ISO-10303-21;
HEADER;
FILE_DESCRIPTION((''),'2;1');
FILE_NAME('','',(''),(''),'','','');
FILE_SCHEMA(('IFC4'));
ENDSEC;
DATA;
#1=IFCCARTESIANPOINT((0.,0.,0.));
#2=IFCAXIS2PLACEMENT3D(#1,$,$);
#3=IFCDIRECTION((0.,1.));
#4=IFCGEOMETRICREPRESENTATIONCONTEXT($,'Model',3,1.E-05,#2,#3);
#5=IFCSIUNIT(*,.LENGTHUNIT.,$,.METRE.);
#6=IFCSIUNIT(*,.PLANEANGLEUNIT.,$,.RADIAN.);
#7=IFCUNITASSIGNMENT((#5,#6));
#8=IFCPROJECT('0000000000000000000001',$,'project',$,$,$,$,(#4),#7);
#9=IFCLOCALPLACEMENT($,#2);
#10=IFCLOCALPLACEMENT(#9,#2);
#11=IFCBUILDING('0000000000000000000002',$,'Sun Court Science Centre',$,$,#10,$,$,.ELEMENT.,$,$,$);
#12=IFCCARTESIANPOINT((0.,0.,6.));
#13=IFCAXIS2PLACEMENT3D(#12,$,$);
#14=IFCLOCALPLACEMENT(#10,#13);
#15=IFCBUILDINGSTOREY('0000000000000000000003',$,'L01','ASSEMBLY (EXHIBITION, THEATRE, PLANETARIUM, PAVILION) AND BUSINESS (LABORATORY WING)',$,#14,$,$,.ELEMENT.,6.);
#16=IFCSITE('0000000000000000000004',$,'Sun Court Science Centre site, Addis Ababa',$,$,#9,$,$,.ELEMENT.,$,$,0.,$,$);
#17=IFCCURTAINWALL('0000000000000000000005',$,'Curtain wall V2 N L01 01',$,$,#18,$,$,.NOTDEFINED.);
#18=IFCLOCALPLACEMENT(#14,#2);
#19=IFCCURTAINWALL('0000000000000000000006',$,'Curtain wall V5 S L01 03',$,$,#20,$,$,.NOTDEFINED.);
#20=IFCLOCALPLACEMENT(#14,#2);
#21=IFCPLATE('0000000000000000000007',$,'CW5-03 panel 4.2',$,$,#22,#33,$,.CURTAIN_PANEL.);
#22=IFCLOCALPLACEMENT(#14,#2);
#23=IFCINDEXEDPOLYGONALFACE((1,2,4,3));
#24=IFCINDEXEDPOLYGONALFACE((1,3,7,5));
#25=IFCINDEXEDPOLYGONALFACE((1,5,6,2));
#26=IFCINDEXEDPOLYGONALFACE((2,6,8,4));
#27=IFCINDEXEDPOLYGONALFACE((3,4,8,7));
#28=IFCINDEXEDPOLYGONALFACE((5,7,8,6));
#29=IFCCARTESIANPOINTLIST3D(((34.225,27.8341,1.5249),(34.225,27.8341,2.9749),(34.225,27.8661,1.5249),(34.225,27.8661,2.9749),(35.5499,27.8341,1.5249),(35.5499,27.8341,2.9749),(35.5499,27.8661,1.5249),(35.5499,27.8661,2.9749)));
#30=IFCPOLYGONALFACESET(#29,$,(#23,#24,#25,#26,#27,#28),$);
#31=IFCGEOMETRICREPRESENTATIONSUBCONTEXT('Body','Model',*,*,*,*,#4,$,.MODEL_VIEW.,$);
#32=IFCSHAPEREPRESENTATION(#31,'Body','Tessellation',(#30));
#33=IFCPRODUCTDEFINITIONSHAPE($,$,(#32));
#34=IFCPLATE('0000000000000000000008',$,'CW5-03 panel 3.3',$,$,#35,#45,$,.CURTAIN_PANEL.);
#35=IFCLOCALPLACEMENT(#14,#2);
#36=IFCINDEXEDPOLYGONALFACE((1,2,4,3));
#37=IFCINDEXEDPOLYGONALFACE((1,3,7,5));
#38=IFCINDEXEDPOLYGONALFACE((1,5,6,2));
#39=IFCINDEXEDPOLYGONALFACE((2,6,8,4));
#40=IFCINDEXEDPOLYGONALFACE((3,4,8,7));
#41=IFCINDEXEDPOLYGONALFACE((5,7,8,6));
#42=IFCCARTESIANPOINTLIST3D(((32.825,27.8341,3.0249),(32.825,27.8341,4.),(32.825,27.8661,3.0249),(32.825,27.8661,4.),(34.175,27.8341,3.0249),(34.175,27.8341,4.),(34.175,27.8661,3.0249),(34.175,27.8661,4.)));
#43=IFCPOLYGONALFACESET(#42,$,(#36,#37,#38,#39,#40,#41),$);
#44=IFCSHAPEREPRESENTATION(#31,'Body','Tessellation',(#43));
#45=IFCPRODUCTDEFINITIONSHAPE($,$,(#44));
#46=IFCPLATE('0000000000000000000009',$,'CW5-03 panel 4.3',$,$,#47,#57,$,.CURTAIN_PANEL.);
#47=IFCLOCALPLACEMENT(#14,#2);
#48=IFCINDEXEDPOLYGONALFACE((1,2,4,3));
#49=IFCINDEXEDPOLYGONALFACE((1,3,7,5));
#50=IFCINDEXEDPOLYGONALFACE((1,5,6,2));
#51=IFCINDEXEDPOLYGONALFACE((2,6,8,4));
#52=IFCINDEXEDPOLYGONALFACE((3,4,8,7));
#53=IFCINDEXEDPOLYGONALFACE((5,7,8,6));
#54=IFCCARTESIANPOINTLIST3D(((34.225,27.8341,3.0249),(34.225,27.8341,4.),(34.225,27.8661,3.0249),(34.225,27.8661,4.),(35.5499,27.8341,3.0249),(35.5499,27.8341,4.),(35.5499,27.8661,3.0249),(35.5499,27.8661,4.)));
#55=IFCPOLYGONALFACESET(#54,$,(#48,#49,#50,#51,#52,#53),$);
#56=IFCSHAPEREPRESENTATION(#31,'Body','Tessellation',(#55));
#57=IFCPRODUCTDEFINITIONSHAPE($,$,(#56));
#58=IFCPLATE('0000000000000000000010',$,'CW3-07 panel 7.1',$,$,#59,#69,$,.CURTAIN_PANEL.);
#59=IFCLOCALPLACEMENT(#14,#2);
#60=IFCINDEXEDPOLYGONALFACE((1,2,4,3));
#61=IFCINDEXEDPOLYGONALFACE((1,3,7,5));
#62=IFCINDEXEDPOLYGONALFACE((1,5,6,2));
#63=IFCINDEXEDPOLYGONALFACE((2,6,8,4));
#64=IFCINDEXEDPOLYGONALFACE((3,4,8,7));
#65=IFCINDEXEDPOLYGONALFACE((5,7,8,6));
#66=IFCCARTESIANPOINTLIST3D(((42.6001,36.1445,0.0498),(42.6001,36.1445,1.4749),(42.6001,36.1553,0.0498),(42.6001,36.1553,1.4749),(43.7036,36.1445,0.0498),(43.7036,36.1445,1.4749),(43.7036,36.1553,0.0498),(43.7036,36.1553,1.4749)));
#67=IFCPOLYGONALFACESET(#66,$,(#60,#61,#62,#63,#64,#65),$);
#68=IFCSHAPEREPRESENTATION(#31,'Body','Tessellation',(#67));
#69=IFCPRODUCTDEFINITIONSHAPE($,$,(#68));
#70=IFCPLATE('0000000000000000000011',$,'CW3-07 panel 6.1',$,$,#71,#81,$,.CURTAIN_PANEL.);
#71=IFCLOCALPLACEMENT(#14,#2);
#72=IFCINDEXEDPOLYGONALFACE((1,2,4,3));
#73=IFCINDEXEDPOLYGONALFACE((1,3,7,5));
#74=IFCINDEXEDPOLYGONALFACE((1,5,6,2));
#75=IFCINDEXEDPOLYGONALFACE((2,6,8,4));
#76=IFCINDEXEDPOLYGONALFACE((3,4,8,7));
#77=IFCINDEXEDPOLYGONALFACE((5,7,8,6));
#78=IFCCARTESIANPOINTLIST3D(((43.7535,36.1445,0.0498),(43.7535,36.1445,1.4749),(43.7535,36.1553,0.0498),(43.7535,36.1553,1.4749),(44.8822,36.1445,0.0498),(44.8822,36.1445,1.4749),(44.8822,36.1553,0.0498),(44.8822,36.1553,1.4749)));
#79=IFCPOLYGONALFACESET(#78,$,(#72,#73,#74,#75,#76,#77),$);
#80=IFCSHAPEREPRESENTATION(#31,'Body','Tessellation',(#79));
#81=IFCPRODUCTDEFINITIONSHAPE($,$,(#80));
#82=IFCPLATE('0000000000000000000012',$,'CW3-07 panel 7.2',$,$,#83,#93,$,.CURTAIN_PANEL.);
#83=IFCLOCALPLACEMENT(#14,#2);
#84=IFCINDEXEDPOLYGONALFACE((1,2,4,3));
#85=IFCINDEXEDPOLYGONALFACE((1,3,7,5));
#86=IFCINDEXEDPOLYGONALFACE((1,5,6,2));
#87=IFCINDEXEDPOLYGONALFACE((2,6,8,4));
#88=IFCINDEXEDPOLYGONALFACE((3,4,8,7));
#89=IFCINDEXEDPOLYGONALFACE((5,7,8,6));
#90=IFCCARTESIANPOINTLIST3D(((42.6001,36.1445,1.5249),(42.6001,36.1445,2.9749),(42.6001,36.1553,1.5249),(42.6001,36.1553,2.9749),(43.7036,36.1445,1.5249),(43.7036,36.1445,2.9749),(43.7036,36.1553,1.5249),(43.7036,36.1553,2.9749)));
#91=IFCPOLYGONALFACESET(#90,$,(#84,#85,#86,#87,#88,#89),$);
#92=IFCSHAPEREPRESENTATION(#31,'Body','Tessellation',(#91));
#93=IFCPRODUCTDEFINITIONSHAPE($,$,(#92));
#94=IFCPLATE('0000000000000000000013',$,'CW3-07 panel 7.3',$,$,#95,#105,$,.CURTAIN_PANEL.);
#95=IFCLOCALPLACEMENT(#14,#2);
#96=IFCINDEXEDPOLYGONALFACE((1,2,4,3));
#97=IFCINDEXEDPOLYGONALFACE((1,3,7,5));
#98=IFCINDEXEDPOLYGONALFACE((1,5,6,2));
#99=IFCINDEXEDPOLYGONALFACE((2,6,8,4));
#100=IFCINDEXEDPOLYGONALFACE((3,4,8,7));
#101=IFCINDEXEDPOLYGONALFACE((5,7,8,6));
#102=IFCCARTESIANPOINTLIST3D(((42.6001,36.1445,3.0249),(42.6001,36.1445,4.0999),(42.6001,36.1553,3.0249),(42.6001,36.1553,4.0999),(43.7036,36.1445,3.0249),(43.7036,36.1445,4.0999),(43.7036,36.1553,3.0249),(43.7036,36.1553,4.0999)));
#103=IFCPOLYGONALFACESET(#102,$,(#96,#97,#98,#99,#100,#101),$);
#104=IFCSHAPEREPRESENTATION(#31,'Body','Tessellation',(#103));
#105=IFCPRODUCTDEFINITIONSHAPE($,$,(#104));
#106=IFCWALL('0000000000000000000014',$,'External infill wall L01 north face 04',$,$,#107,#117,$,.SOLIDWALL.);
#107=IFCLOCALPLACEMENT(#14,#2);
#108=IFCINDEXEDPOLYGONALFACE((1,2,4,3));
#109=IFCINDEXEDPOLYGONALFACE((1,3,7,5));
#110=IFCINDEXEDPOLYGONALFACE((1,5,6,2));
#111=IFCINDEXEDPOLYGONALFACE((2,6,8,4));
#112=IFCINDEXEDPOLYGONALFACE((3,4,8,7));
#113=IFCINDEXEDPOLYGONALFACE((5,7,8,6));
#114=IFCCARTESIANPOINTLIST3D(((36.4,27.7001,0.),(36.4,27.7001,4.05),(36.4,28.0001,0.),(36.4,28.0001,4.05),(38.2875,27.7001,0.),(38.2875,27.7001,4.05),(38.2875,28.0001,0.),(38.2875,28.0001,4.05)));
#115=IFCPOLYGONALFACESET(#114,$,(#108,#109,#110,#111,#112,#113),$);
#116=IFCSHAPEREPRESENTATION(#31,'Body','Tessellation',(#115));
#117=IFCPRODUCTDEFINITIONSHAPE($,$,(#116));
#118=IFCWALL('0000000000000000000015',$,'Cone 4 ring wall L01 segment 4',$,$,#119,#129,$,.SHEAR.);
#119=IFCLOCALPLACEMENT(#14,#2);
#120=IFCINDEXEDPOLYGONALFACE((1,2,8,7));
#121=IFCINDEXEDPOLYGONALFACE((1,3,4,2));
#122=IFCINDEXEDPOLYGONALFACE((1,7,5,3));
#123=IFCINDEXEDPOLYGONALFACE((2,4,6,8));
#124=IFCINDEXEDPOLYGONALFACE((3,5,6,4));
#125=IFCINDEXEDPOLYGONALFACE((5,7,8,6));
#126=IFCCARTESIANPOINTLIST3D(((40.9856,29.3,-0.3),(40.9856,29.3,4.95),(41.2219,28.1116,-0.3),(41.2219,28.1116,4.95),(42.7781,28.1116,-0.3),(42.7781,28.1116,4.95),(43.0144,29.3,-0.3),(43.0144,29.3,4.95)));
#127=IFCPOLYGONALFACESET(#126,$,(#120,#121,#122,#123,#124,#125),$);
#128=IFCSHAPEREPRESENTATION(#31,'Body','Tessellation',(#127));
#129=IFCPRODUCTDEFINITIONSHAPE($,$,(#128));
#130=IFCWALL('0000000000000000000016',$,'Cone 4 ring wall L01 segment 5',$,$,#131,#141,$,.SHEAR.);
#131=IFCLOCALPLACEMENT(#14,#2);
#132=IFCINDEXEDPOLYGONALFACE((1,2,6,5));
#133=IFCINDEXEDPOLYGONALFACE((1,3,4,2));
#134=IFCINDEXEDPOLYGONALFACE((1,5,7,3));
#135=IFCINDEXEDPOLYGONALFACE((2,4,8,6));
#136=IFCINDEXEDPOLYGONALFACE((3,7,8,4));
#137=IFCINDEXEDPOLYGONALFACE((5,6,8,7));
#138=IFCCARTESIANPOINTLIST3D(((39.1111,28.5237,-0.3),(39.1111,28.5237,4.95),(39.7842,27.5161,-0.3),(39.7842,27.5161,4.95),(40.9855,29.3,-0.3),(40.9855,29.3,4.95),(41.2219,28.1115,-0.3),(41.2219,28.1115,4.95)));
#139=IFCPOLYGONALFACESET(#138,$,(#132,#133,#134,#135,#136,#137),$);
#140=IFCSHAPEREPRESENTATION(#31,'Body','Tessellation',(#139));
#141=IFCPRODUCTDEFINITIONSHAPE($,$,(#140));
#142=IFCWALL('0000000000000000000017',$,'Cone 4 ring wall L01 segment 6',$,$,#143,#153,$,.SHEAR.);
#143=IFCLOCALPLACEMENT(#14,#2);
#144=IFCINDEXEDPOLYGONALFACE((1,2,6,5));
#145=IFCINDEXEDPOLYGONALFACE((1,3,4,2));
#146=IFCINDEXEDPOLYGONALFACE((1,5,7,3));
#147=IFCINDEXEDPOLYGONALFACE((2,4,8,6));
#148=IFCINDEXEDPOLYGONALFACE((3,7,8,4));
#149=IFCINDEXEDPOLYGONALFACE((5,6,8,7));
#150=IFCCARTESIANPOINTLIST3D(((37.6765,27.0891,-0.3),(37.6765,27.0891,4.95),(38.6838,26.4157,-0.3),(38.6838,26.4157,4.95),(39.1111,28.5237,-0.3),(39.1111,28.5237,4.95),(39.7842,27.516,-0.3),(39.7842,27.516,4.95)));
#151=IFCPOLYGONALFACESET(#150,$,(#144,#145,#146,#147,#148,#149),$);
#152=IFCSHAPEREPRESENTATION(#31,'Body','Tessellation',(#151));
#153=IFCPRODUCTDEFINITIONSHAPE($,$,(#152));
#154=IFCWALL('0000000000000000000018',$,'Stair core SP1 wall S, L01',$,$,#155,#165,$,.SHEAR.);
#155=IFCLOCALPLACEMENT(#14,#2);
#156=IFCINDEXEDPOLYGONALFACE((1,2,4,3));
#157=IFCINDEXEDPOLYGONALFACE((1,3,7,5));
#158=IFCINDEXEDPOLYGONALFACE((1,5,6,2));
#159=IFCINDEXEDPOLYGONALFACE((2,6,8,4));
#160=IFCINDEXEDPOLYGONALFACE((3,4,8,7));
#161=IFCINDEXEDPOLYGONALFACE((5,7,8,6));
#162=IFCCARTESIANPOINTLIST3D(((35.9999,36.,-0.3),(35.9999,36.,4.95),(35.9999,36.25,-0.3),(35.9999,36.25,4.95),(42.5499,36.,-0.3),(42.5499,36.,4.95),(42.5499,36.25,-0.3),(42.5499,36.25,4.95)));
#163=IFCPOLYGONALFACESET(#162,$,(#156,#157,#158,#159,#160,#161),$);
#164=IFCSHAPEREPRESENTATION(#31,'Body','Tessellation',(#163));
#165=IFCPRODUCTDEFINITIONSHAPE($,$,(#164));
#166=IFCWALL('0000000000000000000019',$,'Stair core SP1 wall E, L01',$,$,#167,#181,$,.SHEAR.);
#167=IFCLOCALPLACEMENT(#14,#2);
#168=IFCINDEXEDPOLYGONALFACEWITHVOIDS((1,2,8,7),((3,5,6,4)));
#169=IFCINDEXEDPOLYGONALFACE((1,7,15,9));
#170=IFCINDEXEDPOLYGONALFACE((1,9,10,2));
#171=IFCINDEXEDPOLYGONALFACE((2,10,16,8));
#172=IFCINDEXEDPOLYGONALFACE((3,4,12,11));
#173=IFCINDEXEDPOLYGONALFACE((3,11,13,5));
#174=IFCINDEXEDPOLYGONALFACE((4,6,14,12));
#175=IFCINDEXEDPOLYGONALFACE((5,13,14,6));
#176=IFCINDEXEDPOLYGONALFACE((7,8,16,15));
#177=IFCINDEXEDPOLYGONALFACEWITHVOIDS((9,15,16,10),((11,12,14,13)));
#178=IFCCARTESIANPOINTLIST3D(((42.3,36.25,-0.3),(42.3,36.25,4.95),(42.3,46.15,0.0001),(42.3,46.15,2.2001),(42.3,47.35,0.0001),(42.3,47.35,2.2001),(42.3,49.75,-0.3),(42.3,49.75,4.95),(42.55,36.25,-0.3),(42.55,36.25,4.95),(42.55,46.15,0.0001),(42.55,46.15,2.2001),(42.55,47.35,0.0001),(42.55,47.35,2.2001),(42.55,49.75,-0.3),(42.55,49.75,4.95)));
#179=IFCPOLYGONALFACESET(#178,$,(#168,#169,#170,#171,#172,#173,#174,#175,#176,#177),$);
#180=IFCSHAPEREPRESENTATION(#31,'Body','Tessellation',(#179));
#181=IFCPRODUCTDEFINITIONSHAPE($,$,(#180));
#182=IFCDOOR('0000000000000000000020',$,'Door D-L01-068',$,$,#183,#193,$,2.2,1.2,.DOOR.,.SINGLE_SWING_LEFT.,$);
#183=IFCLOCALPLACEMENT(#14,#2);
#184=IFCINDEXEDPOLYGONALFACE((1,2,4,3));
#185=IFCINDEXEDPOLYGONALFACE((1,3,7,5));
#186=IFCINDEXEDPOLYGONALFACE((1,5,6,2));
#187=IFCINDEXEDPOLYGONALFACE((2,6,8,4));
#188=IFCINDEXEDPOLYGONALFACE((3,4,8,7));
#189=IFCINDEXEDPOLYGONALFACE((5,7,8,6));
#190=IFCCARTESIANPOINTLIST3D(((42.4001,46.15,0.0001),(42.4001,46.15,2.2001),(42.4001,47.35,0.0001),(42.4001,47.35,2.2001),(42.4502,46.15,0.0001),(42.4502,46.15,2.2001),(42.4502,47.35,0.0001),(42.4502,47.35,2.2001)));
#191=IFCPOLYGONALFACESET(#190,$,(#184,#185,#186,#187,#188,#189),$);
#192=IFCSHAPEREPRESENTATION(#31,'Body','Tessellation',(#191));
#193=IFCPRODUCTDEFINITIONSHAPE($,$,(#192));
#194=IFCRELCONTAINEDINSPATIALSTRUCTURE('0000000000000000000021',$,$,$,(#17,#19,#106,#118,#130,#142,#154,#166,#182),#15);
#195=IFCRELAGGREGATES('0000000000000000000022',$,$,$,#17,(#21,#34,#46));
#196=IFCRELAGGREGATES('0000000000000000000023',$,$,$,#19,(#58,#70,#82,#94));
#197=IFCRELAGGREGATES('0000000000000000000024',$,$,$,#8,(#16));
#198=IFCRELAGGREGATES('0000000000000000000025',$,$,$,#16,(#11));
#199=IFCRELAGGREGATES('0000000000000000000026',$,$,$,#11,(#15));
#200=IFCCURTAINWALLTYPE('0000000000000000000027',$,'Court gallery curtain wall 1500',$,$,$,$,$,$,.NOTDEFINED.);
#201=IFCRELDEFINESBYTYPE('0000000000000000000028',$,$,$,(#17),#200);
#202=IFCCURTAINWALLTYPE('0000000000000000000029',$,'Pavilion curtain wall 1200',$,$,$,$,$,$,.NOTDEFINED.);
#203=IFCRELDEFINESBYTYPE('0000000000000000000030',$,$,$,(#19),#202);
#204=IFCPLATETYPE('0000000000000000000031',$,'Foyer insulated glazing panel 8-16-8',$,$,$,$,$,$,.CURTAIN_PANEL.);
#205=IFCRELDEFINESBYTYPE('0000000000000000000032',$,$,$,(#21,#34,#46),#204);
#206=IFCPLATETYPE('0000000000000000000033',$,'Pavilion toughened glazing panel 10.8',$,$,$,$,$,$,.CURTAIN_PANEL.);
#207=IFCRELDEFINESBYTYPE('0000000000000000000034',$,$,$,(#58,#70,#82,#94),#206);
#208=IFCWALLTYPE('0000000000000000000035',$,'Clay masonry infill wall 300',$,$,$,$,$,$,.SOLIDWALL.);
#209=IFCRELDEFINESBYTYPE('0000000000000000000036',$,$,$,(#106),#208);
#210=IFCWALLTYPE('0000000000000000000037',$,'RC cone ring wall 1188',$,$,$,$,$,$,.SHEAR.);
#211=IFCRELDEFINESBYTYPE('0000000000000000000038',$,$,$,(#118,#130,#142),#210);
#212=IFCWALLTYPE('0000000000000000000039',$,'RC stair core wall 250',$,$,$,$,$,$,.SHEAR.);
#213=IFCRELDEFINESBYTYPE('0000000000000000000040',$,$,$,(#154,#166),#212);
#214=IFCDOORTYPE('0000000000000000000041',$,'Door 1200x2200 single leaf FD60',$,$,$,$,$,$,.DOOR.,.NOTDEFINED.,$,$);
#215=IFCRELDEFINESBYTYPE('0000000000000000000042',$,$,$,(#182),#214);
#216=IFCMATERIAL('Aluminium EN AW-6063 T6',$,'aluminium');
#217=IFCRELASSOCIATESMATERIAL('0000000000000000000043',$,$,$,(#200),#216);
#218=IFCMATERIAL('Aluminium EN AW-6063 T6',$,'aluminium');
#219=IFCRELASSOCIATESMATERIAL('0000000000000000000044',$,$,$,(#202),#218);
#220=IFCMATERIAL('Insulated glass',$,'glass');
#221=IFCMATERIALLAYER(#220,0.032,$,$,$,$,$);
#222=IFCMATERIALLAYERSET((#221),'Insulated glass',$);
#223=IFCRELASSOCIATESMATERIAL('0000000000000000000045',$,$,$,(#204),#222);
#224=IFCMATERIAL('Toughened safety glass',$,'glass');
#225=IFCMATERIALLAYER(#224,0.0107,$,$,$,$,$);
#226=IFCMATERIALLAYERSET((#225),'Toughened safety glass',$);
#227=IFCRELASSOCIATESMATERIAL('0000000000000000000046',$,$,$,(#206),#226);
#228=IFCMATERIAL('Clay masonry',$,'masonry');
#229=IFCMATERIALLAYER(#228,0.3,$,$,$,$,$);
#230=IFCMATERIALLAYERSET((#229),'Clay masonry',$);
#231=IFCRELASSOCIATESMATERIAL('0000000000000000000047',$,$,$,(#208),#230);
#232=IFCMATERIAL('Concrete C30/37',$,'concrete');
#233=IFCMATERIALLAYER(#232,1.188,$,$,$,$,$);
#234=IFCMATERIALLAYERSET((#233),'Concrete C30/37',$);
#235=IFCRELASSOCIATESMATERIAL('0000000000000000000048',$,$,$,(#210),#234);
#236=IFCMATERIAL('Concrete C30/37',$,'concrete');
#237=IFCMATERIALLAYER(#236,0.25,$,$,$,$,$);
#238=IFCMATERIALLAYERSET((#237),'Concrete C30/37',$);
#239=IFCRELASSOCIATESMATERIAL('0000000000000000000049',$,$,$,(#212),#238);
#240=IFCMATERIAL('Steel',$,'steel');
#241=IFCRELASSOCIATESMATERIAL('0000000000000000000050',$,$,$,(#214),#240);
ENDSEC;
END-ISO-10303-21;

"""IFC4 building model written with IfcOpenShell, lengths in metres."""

from ifc_helpers import new_model, si_unit, direction, frame, frame_2d, origin, origin_2d, place, context, subcontext, project, spatial, polyline, rectangle, outline, extrude, material, layer, layer_set, type_object, element, fill, aggregate, save


model = new_model("IFC4")

# Units and contexts
model_context = context("Model", 3, precision=1e-05, world=origin(), true_north=direction((0.0, 1.0)))
body_context = subcontext(model_context, "Body", "Model", "MODEL_VIEW")
ifc_project = project(units=[si_unit("LENGTHUNIT", "METRE"), si_unit("PLANEANGLEUNIT", "RADIAN")], contexts=[model_context])

# Site, building, storey
site_placement = place(None, origin())
site = spatial("IfcSite", under=ifc_project, at=site_placement, Name="Sun Court Science Centre site, Addis Ababa", CompositionType="ELEMENT", RefElevation=0.0)
building_placement = place(site_placement, origin())
building = spatial("IfcBuilding", under=site, at=building_placement, Name="Sun Court Science Centre", CompositionType="ELEMENT")
storey_placement = place(building_placement, frame((0.0, 0.0, 6.0)))
storey = spatial("IfcBuildingStorey", under=building, at=storey_placement, Name="L01", Description="ASSEMBLY (EXHIBITION, THEATRE, PLANETARIUM, PAVILION) AND BUSINESS (LABORATORY WING)", CompositionType="ELEMENT", Elevation=6.0)

# Curtain walls
ifc_material_1 = material(Name="Aluminium EN AW-6063 T6", Category="aluminium")
curtain_wall_type_1 = type_object("IfcCurtainWallType", Name="Court gallery curtain wall 1500", PredefinedType="NOTDEFINED", material=ifc_material_1)
curtain_wall_1_placement = place(storey_placement, origin())
curtain_wall_1 = element("IfcCurtainWall", 1, at=curtain_wall_1_placement, inside=storey, type_object=curtain_wall_type_1, Name="Curtain wall V2 N L01 01", PredefinedType="NOTDEFINED")
ifc_material_2 = material(Name="Aluminium EN AW-6063 T6", Category="aluminium")
curtain_wall_type_2 = type_object("IfcCurtainWallType", Name="Pavilion curtain wall 1200", PredefinedType="NOTDEFINED", material=ifc_material_2)
curtain_wall_2_placement = place(storey_placement, origin())
curtain_wall_2 = element("IfcCurtainWall", 2, at=curtain_wall_2_placement, inside=storey, type_object=curtain_wall_type_2, Name="Curtain wall V5 S L01 03", PredefinedType="NOTDEFINED")

# Plates
ifc_material_3 = material(Name="Insulated glass", Category="glass")
ifc_layer_1 = layer(ifc_material_3, 0.032)
ifc_layer_set_1 = layer_set([ifc_layer_1], Name="Insulated glass")
plate_type_1 = type_object("IfcPlateType", Name="Foyer insulated glazing panel 8-16-8", PredefinedType="CURTAIN_PANEL", material=ifc_layer_set_1)
plate_1_placement = place(storey_placement, frame((34.8875, 27.8501, 1.5249), z_axis=(0.0, 0.0, 1.0), x_axis=(1.0, 0.0, 0.0)))
plate_1 = element("IfcPlate", 3, at=plate_1_placement, type_object=plate_type_1, Name="CW5-03 panel 4.2", PredefinedType="CURTAIN_PANEL", context=body_context, shape_type="SweptSolid", body=[
    extrude(rectangle(XDim=1.325, YDim=0.032, at=origin_2d()), origin(), (0.0, 0.0, 1.0), 1.45),
])
plate_2_placement = place(storey_placement, frame((33.5, 27.8501, 3.0249), z_axis=(0.0, 0.0, 1.0), x_axis=(1.0, 0.0, 0.0)))
plate_2 = element("IfcPlate", 4, at=plate_2_placement, type_object=plate_type_1, Name="CW5-03 panel 3.3", PredefinedType="CURTAIN_PANEL", context=body_context, shape_type="SweptSolid", body=[
    extrude(rectangle(XDim=1.3501, YDim=0.032, at=origin_2d()), origin(), (0.0, 0.0, 1.0), 0.9751),
])
plate_3_placement = place(storey_placement, frame((34.8875, 27.8501, 3.0249), z_axis=(0.0, 0.0, 1.0), x_axis=(1.0, 0.0, 0.0)))
plate_3 = element("IfcPlate", 5, at=plate_3_placement, type_object=plate_type_1, Name="CW5-03 panel 4.3", PredefinedType="CURTAIN_PANEL", context=body_context, shape_type="SweptSolid", body=[
    extrude(rectangle(XDim=1.325, YDim=0.032, at=origin_2d()), origin(), (0.0, 0.0, 1.0), 0.9751),
])
aggregate(curtain_wall_1, [plate_1, plate_2, plate_3])
ifc_material_4 = material(Name="Toughened safety glass", Category="glass")
ifc_layer_2 = layer(ifc_material_4, 0.0107)
ifc_layer_set_2 = layer_set([ifc_layer_2], Name="Toughened safety glass")
plate_type_2 = type_object("IfcPlateType", Name="Pavilion toughened glazing panel 10.8", PredefinedType="CURTAIN_PANEL", material=ifc_layer_set_2)
plate_4_placement = place(storey_placement, frame((43.1519, 36.1499, 0.0498), z_axis=(0.0, 0.0, 1.0), x_axis=(-1.0, 0.0, 0.0)))
plate_4 = element("IfcPlate", 6, at=plate_4_placement, type_object=plate_type_2, Name="CW3-07 panel 7.1", PredefinedType="CURTAIN_PANEL", context=body_context, shape_type="SweptSolid", body=[
    extrude(rectangle(XDim=1.1035, YDim=0.0107, at=origin_2d()), origin(), (0.0, 0.0, 1.0), 1.425),
])
plate_5_placement = place(storey_placement, frame((44.3179, 36.1499, 0.0498), z_axis=(0.0, 0.0, 1.0), x_axis=(-1.0, 0.0, 0.0)))
plate_5 = element("IfcPlate", 7, at=plate_5_placement, type_object=plate_type_2, Name="CW3-07 panel 6.1", PredefinedType="CURTAIN_PANEL", context=body_context, shape_type="SweptSolid", body=[
    extrude(rectangle(XDim=1.1287, YDim=0.0107, at=origin_2d()), origin(), (0.0, 0.0, 1.0), 1.425),
])
plate_6_placement = place(storey_placement, frame((43.1519, 36.1499, 1.5249), z_axis=(0.0, 0.0, 1.0), x_axis=(-1.0, 0.0, 0.0)))
plate_6 = element("IfcPlate", 8, at=plate_6_placement, type_object=plate_type_2, Name="CW3-07 panel 7.2", PredefinedType="CURTAIN_PANEL", context=body_context, shape_type="SweptSolid", body=[
    extrude(rectangle(XDim=1.1035, YDim=0.0107, at=origin_2d()), origin(), (0.0, 0.0, 1.0), 1.45),
])
plate_7_placement = place(storey_placement, frame((43.1519, 36.1499, 3.0249), z_axis=(0.0, 0.0, 1.0), x_axis=(-1.0, 0.0, 0.0)))
plate_7 = element("IfcPlate", 9, at=plate_7_placement, type_object=plate_type_2, Name="CW3-07 panel 7.3", PredefinedType="CURTAIN_PANEL", context=body_context, shape_type="SweptSolid", body=[
    extrude(rectangle(XDim=1.1035, YDim=0.0107, at=origin_2d()), origin(), (0.0, 0.0, 1.0), 1.075),
])
aggregate(curtain_wall_2, [plate_4, plate_5, plate_6, plate_7])

# Walls
ifc_material_5 = material(Name="Clay masonry", Category="masonry")
ifc_layer_3 = layer(ifc_material_5, 0.3)
ifc_layer_set_3 = layer_set([ifc_layer_3], Name="Clay masonry")
wall_type_1 = type_object("IfcWallType", Name="Clay masonry infill wall 300", PredefinedType="SOLIDWALL", material=ifc_layer_set_3)
wall_1_placement = place(storey_placement, frame((36.3999, 27.8501, 0.0), z_axis=(0.0, 0.0, 1.0), x_axis=(1.0, 0.0, 0.0)))
element("IfcWall", 10, at=wall_1_placement, inside=storey, type_object=wall_type_1, Name="External infill wall L01 north face 04", PredefinedType="SOLIDWALL", context=body_context, shape_type="SweptSolid", body=[
    extrude(rectangle(XDim=1.8875, YDim=0.3, at=frame_2d((0.9438, 0.0))), origin(), (0.0, 0.0, 1.0), 4.05),
])
ifc_material_6 = material(Name="Concrete C30/37", Category="concrete")
ifc_layer_4 = layer(ifc_material_6, 1.188)
ifc_layer_set_4 = layer_set([ifc_layer_4], Name="Concrete C30/37")
wall_type_2 = type_object("IfcWallType", Name="RC cone ring wall 1188", PredefinedType="SHEAR", material=ifc_layer_set_4)
for number, where, z_axis, x_axis, name in (
    (11, (43.0144, 28.7058, -0.3), (0.0, 0.0, 1.0), (-1.0, 0.0, 0.0), "Cone 4 ring wall L01 segment 4"),
    (12, (41.2129, 28.751, -0.3), (0.0, 0.0, 1.0), (-0.923894, -0.382649, 0.0), "Cone 4 ring wall L01 segment 5"),
):
    element("IfcWall", number, at=place(storey_placement, frame(where, z_axis=z_axis, x_axis=x_axis)), inside=storey, type_object=wall_type_2, Name=name, PredefinedType="SHEAR", context=body_context, shape_type="SweptSolid", body=[
        extrude(outline(polyline([(0.0, -0.5942), (2.0288, -0.5942), (1.7925, 0.5942), (0.2363, 0.5942), (0.0, -0.5942)])), origin(), (0.0, 0.0, 1.0), 5.25),
    ])
wall_2_placement = place(storey_placement, frame((39.5312, 28.1035, -0.3), z_axis=(0.0, 0.0, 1.0), x_axis=(-0.707107, -0.707107, 0.0)))
element("IfcWall", 13, at=wall_2_placement, inside=storey, type_object=wall_type_2, Name="Cone 4 ring wall L01 segment 6", PredefinedType="SHEAR", context=body_context, shape_type="SweptSolid", body=[
    extrude(outline(polyline([(0.0, -0.5942), (2.0288, -0.5942), (1.7927, 0.5942), (0.2366, 0.5942), (0.0, -0.5942)])), origin(), (0.0, 0.0, 1.0), 5.25),
])
ifc_material_7 = material(Name="Concrete C30/37", Category="concrete")
ifc_layer_5 = layer(ifc_material_7, 0.25)
ifc_layer_set_5 = layer_set([ifc_layer_5], Name="Concrete C30/37")
wall_type_3 = type_object("IfcWallType", Name="RC stair core wall 250", PredefinedType="SHEAR", material=ifc_layer_set_5)
wall_3_placement = place(storey_placement, frame((36.0, 36.125, -0.3), z_axis=(0.0, 0.0, 1.0), x_axis=(1.0, 0.0, 0.0)))
element("IfcWall", 14, at=wall_3_placement, inside=storey, type_object=wall_type_3, Name="Stair core SP1 wall S, L01", PredefinedType="SHEAR", context=body_context, shape_type="SweptSolid", body=[
    extrude(rectangle(XDim=6.55, YDim=0.25, at=frame_2d((3.2749, 0.0))), origin(), (0.0, 0.0, 1.0), 5.25),
])

# Wall, opening, door
wall_4_placement = place(storey_placement, frame((42.425, 36.25, -0.3), z_axis=(0.0, 0.0, 1.0), x_axis=(0.0, 1.0, 0.0)))
wall_4 = element("IfcWall", 15, at=wall_4_placement, inside=storey, type_object=wall_type_3, Name="Stair core SP1 wall E, L01", PredefinedType="SHEAR", context=body_context, shape_type="SweptSolid", body=[
    extrude(rectangle(XDim=13.5, YDim=0.25, at=frame_2d((6.75, 0.0))), origin(), (0.0, 0.0, 1.0), 5.25),
])
opening_placement = place(wall_4_placement, frame((9.8999, 0.0, 0.3)))
opening = element("IfcOpeningElement", 16, at=opening_placement, cuts=wall_4, PredefinedType="OPENING", context=body_context, shape_type="SweptSolid", body=[
    extrude(rectangle(XDim=1.2, YDim=2.2, at=frame_2d((0.6001, 1.1001))), frame((0.0, 0.135, 0.0), z_axis=(0.0, -1.0, 0.0), x_axis=(1.0, 0.0, 0.0)), (0.0, 0.0, 1.0), 0.27),
])
ifc_material_8 = material(Name="Steel", Category="steel")
door_type = type_object("IfcDoorType", Name="Door 1200x2200 single leaf FD60", OperationType="NOTDEFINED", PredefinedType="DOOR", material=ifc_material_8)
door_placement = place(opening_placement, origin())
door = element("IfcDoor", 17, at=door_placement, inside=storey, type_object=door_type, Name="Door D-L01-068", OperationType="SINGLE_SWING_LEFT", OverallHeight=2.2, OverallWidth=1.2, PredefinedType="DOOR", context=body_context, shape_type="SweptSolid", body=[
    extrude(rectangle(XDim=1.2, YDim=2.2, at=frame_2d((0.6001, 1.1001))), frame((0.0, 0.0249, 0.0), z_axis=(0.0, -1.0, 0.0), x_axis=(1.0, 0.0, 0.0)), (0.0, 0.0, 1.0), 0.05),
])
fill(opening, door)

save(model, "model.ifc")
